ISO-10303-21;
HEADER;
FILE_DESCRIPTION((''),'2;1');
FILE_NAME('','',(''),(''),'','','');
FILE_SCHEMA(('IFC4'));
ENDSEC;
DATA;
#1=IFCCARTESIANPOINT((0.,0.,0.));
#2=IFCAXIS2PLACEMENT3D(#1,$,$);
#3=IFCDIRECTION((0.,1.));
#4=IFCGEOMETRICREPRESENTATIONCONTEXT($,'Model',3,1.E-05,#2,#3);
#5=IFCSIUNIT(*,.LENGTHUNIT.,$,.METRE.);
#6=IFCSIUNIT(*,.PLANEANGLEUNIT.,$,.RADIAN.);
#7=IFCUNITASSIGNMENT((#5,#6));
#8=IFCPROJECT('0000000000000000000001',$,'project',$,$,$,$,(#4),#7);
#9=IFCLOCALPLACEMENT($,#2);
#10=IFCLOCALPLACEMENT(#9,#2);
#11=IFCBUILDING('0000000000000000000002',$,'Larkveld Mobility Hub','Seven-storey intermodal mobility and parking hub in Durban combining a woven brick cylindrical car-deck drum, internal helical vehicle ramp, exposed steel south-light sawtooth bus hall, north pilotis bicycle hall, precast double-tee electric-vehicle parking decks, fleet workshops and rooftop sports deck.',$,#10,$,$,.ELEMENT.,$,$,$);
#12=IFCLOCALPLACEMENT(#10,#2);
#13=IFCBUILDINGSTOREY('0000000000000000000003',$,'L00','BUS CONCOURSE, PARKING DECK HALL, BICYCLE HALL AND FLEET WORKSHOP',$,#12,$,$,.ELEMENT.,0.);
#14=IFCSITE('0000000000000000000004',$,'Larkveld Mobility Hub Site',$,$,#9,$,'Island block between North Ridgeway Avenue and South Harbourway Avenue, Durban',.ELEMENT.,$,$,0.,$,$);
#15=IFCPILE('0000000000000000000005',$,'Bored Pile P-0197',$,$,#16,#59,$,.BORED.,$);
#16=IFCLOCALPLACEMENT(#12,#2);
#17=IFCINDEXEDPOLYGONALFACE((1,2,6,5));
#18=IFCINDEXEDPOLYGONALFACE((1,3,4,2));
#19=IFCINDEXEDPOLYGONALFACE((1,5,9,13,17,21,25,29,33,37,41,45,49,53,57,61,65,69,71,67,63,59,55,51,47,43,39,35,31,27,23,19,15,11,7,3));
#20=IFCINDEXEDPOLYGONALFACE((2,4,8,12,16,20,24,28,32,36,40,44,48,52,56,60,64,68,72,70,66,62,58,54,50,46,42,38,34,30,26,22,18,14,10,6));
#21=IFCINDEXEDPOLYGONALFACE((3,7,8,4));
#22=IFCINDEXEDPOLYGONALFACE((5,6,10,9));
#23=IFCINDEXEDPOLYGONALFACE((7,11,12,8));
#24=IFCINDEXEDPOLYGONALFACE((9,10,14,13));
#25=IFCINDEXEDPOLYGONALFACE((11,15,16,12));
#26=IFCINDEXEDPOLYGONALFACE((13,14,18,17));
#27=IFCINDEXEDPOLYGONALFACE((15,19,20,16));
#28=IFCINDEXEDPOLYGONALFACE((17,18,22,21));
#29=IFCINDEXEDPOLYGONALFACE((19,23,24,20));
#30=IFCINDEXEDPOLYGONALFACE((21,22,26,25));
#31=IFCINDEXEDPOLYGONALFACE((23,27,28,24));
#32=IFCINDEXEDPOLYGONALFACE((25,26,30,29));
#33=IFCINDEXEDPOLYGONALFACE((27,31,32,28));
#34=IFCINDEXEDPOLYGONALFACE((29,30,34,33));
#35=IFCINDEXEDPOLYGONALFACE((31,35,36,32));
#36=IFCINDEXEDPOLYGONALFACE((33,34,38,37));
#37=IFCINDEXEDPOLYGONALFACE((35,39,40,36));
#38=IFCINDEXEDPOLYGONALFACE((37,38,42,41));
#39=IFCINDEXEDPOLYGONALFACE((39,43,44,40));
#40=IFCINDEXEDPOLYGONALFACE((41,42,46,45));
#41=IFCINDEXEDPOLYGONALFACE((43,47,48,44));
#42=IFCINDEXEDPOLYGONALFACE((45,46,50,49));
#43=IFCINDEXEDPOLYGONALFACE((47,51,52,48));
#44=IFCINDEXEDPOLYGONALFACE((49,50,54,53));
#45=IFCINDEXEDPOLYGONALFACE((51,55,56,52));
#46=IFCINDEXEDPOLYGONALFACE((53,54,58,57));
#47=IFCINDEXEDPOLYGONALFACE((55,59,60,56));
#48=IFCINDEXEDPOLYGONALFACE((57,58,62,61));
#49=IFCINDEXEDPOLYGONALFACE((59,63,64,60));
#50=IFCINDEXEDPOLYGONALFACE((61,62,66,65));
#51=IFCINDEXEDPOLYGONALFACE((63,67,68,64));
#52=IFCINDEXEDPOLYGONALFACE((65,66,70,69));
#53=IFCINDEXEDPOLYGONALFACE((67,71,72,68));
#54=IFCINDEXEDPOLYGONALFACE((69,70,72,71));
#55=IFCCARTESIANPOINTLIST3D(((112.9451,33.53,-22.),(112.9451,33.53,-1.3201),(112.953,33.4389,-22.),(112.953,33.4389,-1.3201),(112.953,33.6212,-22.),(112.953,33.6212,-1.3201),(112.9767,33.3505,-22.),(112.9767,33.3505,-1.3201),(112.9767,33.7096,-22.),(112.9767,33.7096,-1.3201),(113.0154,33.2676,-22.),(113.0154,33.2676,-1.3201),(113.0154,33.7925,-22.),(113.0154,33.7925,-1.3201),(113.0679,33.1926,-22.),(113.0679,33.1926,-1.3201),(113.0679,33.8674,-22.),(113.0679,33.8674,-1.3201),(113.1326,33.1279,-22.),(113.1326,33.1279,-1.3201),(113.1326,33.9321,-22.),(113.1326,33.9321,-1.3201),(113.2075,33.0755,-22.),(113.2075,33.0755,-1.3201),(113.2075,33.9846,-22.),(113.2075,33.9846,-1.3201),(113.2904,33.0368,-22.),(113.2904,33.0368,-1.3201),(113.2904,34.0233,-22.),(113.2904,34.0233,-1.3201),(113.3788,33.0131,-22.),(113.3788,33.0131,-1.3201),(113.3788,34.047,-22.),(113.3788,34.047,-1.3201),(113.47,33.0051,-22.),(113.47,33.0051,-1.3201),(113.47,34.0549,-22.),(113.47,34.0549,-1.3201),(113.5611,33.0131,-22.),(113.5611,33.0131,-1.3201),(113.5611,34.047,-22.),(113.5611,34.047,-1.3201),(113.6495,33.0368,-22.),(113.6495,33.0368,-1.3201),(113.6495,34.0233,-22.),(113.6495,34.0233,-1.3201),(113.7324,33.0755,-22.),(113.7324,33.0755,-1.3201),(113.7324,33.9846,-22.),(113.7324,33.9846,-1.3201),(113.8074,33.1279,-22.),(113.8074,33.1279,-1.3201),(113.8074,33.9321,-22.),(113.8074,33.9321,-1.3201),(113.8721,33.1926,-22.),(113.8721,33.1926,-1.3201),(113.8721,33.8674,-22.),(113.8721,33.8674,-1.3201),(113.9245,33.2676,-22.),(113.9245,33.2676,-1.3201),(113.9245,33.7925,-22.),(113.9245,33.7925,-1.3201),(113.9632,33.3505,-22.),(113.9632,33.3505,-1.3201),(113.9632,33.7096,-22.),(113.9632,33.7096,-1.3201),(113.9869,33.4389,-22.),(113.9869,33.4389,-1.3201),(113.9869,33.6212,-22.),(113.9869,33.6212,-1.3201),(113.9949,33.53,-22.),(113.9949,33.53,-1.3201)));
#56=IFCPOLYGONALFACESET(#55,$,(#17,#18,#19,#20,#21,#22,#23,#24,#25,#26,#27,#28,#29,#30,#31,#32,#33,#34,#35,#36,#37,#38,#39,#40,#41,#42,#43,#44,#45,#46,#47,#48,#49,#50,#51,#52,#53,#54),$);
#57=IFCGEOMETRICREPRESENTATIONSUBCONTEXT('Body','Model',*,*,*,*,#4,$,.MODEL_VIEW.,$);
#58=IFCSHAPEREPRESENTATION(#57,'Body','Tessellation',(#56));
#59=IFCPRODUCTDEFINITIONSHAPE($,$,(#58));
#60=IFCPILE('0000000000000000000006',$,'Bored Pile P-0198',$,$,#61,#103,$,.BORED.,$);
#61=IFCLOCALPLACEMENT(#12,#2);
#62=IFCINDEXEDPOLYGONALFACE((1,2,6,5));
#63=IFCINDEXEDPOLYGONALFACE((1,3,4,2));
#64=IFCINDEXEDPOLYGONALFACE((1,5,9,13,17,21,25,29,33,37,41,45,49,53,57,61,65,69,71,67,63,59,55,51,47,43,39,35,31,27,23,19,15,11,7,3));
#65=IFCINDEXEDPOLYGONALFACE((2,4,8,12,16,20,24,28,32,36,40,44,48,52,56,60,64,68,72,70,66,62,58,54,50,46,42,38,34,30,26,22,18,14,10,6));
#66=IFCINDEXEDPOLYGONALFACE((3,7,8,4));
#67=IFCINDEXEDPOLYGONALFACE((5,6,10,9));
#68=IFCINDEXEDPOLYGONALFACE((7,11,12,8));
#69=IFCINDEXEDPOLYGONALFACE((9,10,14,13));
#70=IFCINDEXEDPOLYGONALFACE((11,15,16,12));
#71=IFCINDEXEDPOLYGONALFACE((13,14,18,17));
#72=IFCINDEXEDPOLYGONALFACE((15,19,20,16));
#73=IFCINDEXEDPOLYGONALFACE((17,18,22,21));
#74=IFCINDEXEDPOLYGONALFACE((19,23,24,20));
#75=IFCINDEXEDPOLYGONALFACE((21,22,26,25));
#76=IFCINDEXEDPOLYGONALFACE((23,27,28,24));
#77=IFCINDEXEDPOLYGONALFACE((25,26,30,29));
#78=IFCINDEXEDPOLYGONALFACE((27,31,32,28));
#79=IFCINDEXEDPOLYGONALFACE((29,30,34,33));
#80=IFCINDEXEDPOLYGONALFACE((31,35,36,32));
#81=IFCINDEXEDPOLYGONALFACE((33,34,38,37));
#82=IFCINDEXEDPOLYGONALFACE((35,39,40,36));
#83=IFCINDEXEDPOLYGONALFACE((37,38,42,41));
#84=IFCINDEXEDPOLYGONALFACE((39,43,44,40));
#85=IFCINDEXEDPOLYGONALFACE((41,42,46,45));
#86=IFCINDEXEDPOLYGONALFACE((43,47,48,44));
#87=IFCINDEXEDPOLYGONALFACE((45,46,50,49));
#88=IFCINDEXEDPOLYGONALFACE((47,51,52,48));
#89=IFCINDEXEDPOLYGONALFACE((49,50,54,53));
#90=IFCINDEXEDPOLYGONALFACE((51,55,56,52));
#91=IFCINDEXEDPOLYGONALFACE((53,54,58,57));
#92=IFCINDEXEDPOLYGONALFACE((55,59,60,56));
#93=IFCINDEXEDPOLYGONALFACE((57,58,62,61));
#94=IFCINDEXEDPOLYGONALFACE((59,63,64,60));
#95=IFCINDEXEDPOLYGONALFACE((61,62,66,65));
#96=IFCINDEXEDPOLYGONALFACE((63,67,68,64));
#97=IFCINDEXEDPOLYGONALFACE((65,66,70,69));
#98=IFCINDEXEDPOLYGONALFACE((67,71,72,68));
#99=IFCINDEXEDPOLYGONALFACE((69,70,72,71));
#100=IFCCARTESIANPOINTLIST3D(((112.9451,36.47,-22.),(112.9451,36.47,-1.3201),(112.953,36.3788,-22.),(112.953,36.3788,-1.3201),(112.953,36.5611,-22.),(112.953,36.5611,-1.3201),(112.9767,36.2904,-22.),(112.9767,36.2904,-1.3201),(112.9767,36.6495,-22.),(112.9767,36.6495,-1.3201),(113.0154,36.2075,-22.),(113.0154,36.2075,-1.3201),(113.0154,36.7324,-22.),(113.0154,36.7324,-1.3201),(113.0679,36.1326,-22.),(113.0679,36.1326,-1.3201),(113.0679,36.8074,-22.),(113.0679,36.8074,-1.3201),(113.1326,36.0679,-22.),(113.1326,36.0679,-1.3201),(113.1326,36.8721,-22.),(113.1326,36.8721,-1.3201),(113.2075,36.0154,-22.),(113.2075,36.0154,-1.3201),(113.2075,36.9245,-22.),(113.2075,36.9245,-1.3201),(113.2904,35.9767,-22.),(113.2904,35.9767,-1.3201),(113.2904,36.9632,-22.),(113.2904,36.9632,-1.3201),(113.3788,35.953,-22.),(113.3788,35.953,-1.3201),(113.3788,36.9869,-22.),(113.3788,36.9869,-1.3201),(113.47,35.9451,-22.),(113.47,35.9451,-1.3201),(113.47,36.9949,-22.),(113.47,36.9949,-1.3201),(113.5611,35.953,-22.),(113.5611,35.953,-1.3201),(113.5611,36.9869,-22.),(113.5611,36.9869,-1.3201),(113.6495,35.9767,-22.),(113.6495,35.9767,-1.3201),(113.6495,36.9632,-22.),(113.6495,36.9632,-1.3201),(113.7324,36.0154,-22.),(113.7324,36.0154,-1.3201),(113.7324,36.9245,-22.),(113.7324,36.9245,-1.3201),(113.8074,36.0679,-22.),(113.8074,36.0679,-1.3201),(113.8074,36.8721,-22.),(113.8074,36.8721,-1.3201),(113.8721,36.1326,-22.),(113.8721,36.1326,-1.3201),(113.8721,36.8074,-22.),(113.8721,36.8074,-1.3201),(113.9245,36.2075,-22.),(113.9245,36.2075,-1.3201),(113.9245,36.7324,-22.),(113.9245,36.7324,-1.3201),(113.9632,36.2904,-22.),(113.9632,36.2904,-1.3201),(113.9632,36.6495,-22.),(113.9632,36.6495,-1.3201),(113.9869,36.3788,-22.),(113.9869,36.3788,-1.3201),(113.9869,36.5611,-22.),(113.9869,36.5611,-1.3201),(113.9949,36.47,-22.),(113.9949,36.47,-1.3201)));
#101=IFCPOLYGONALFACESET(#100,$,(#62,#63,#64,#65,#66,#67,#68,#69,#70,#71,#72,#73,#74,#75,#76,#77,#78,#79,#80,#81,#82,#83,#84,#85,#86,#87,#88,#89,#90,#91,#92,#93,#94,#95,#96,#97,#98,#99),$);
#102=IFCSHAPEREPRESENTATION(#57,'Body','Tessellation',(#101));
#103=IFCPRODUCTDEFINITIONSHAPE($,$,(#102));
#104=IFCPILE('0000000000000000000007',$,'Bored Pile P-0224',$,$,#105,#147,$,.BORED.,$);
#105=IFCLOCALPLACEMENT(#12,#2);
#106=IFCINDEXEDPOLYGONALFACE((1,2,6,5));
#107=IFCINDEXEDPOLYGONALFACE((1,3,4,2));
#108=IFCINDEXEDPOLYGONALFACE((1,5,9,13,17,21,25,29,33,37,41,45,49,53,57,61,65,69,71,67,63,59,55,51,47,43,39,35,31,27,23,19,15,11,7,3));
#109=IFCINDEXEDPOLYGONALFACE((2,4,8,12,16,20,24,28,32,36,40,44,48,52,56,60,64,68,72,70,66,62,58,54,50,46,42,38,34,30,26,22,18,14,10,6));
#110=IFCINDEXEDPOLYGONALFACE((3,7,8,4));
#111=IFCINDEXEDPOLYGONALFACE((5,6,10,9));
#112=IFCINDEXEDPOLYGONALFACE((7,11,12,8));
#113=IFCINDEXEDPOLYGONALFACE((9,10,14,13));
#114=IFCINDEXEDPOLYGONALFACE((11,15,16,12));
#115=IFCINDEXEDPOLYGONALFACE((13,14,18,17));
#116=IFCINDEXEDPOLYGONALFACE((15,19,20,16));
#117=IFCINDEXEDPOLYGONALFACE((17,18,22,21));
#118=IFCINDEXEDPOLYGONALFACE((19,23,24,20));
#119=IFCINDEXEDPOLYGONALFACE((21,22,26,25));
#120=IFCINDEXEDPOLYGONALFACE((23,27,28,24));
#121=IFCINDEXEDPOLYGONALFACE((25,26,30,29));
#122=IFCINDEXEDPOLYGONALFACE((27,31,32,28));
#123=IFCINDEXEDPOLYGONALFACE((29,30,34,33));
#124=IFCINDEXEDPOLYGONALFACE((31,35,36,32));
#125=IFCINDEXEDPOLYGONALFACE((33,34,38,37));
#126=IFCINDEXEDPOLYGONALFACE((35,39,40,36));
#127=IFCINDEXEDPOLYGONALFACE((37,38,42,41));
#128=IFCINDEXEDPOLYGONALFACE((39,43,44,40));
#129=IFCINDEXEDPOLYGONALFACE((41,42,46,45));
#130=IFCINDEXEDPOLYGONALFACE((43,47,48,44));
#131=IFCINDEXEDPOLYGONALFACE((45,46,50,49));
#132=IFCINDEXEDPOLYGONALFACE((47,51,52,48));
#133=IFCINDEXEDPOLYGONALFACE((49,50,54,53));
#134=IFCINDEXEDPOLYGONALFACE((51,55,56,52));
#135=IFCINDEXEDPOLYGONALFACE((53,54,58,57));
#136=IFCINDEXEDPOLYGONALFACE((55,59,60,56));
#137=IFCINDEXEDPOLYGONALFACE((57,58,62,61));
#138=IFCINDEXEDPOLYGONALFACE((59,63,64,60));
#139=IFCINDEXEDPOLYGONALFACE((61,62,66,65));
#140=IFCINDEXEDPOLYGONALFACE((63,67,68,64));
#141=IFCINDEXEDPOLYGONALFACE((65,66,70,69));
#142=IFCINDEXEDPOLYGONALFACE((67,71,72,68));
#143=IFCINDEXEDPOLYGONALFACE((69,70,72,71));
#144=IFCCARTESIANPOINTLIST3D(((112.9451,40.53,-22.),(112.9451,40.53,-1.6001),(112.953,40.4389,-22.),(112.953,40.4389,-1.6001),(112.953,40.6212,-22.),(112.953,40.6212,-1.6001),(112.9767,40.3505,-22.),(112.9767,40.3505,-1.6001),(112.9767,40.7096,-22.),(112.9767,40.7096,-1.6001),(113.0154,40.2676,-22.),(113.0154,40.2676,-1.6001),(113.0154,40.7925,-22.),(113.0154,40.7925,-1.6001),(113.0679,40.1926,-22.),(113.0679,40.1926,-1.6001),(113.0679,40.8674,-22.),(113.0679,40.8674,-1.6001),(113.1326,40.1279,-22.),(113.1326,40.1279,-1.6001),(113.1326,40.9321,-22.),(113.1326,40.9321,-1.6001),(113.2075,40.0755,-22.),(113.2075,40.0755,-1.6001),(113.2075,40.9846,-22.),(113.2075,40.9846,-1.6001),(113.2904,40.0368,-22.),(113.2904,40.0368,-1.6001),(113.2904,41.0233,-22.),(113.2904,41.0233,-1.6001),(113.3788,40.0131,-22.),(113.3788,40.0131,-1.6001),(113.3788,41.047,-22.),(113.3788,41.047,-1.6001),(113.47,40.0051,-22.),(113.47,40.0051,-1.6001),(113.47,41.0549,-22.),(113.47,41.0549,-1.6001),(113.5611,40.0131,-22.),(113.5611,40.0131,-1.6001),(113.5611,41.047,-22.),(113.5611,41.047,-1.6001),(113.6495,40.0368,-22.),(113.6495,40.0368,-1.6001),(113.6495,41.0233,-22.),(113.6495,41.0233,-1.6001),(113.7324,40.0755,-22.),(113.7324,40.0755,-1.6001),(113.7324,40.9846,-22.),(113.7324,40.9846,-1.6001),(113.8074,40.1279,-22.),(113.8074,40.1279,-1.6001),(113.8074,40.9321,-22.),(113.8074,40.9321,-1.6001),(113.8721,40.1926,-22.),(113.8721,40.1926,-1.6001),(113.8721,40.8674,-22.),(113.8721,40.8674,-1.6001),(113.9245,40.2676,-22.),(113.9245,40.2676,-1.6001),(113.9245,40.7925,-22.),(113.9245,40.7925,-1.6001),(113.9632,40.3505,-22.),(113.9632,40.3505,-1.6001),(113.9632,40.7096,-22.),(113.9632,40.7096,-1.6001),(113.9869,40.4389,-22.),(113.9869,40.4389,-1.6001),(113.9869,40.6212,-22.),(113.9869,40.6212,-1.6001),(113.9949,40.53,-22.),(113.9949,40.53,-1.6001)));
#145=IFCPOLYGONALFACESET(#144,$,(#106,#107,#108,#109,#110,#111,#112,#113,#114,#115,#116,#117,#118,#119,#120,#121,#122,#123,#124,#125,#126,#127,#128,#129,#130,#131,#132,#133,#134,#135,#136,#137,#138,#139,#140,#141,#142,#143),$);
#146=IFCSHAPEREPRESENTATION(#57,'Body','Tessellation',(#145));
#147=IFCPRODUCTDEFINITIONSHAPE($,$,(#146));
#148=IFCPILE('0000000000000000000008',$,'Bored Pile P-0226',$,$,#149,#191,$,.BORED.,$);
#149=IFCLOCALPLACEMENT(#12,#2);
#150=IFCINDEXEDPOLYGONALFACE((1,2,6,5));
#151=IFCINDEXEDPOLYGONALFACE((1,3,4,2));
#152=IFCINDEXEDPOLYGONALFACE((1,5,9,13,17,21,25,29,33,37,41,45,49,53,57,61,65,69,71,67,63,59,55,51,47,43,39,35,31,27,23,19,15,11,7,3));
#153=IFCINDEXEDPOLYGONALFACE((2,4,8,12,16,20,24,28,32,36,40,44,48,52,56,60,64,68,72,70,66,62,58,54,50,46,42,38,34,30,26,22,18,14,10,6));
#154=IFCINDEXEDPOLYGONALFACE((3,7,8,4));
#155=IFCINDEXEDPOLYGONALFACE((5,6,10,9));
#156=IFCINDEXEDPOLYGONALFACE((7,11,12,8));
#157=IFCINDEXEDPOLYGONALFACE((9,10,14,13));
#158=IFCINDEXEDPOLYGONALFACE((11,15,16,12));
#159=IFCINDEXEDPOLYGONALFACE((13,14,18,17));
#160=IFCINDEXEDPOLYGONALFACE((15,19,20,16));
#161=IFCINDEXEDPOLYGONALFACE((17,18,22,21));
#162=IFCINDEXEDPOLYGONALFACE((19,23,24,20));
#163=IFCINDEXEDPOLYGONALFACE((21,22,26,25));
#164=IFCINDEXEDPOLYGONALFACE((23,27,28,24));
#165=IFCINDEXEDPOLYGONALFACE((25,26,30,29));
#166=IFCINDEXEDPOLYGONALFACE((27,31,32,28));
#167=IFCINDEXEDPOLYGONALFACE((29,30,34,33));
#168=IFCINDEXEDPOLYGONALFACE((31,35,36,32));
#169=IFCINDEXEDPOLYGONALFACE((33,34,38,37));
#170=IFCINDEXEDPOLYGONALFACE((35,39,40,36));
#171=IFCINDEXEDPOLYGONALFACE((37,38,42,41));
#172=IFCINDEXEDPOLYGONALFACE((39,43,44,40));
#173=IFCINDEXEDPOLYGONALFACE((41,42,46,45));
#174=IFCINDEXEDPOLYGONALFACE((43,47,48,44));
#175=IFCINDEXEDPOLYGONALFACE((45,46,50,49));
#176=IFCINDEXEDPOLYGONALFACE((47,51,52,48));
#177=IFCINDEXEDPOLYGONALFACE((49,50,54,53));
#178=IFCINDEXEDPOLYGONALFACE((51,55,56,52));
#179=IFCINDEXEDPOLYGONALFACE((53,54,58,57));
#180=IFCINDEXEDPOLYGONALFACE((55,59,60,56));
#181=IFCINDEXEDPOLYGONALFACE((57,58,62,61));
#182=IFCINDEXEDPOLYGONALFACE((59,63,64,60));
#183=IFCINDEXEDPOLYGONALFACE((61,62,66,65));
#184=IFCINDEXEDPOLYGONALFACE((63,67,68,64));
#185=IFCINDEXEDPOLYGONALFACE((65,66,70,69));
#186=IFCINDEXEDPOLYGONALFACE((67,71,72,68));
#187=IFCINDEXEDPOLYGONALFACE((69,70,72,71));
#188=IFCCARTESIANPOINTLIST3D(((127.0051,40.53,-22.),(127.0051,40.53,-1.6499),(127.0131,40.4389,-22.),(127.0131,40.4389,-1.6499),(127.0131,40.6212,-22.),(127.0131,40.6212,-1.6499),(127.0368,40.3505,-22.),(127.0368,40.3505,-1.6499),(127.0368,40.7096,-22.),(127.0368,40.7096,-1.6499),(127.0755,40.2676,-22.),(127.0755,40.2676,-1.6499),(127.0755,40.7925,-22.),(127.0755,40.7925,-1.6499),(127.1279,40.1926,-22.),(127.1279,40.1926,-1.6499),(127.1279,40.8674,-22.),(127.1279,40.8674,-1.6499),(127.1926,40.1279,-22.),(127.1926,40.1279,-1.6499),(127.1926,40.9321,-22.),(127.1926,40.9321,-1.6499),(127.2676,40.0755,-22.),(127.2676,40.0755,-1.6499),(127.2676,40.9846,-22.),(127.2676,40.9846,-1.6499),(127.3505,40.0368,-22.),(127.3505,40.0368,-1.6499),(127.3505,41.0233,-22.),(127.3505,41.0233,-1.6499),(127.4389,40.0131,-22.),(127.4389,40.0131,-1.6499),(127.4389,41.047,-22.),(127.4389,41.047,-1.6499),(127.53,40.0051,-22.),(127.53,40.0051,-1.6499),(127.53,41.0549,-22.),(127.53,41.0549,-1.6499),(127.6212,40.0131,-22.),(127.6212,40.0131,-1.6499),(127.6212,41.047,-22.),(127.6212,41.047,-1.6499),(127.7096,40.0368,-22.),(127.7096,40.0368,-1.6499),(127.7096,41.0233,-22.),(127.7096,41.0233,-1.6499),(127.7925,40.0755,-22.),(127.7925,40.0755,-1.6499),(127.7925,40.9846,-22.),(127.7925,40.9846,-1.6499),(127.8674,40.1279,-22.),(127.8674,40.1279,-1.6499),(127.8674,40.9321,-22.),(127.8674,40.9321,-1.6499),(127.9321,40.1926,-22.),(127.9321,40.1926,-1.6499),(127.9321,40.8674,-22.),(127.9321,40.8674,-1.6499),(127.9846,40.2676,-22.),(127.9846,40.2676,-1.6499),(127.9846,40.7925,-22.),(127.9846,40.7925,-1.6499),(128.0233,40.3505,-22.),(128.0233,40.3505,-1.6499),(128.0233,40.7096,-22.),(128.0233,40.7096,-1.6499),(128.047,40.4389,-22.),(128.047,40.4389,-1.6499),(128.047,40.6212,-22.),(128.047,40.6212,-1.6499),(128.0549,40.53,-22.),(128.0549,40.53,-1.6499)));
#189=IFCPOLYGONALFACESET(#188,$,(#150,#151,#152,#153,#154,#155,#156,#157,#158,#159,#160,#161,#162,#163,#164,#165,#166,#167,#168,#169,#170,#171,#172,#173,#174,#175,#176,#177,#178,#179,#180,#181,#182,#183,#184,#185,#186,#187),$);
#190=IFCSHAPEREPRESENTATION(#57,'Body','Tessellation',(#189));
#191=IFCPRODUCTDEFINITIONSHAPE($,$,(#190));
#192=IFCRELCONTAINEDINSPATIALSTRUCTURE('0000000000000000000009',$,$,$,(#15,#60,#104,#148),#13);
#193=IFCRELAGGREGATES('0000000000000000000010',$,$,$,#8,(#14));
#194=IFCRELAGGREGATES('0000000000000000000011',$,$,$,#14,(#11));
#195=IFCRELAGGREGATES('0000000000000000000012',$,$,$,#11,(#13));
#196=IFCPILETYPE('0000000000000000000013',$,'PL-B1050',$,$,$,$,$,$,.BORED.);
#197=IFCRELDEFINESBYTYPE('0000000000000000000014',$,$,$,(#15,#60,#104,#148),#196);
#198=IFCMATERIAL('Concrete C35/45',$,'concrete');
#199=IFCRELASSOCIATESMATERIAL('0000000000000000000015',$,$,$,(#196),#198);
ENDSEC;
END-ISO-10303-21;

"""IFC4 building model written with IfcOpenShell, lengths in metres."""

from ifc_helpers import new_model, si_unit, direction, frame, origin, origin_2d, place, context, subcontext, project, spatial, circle, extrude, material, material_profile, profile_set, type_object, element, save


model = new_model("IFC4")

# Units and contexts
model_context = context("Model", 3, precision=1e-05, world=origin(), true_north=direction((0.0, 1.0)))
body_context = subcontext(model_context, "Body", "Model", "MODEL_VIEW")
ifc_project = project(units=[si_unit("LENGTHUNIT", "METRE"), si_unit("PLANEANGLEUNIT", "RADIAN")], contexts=[model_context])

# Site, building, storey
site_placement = place(None, origin())
site = spatial("IfcSite", under=ifc_project, at=site_placement, Name="Larkveld Mobility Hub Site", LongName="Island block between North Ridgeway Avenue and South Harbourway Avenue, Durban", CompositionType="ELEMENT", RefElevation=0.0)
building_placement = place(site_placement, origin())
building = spatial("IfcBuilding", under=site, at=building_placement, Name="Larkveld Mobility Hub", Description="Seven-storey intermodal mobility and parking hub in Durban combining a woven brick cylindrical car-deck drum, internal helical vehicle ramp, exposed steel south-light sawtooth bus hall, north pilotis bicycle hall, precast double-tee electric-vehicle parking decks, fleet workshops and rooftop sports deck.", CompositionType="ELEMENT")
storey_placement = place(building_placement, origin())
storey = spatial("IfcBuildingStorey", under=building, at=storey_placement, Name="L00", Description="BUS CONCOURSE, PARKING DECK HALL, BICYCLE HALL AND FLEET WORKSHOP", CompositionType="ELEMENT", Elevation=0.0)

# Shared definitions
ifc_material_1 = material(Name="Concrete C35/45", Category="concrete")

# Piles
ifc_material_profile_1 = material_profile(ifc_material_1, circle(Radius=0.5249, at=origin_2d()), Name="PILE D1050")
ifc_profile_set_1 = profile_set([ifc_material_profile_1], Name="Concrete C35/45")
pile_type_1 = type_object("IfcPileType", Name="PL-B1050", PredefinedType="BORED", material=ifc_profile_set_1)
for number, where, z_axis, x_axis, name in (
    (1, (113.47, 33.53, -1.3201), (0.0, 0.0, -1.0), (1.0, 0.0, 0.0), "Bored Pile P-0197"),
    (2, (113.47, 36.47, -1.3201), (0.0, 0.0, -1.0), (1.0, 0.0, 0.0), "Bored Pile P-0198"),
):
    element("IfcPile", number, at=place(storey_placement, frame(where, z_axis=z_axis, x_axis=x_axis)), inside=storey, type_object=pile_type_1, Name=name, PredefinedType="BORED", context=body_context, shape_type="SweptSolid", body=[
        extrude(circle(Radius=0.5249, at=origin_2d()), origin(), (0.0, 0.0, 1.0), 20.6799),
    ])
pile_1_placement = place(storey_placement, frame((113.47, 40.53, -1.6001), z_axis=(0.0, 0.0, -1.0), x_axis=(1.0, 0.0, 0.0)))
element("IfcPile", 3, at=pile_1_placement, inside=storey, type_object=pile_type_1, Name="Bored Pile P-0224", PredefinedType="BORED", context=body_context, shape_type="SweptSolid", body=[
    extrude(circle(Radius=0.5249, at=origin_2d()), origin(), (0.0, 0.0, 1.0), 20.3999),
])
pile_2_placement = place(storey_placement, frame((127.53, 40.53, -1.6499), z_axis=(0.0, 0.0, -1.0), x_axis=(1.0, 0.0, 0.0)))
element("IfcPile", 4, at=pile_2_placement, inside=storey, type_object=pile_type_1, Name="Bored Pile P-0226", PredefinedType="BORED", context=body_context, shape_type="SweptSolid", body=[
    extrude(circle(Radius=0.5249, at=origin_2d()), origin(), (0.0, 0.0, 1.0), 20.3501),
])

save(model, "model.ifc")
